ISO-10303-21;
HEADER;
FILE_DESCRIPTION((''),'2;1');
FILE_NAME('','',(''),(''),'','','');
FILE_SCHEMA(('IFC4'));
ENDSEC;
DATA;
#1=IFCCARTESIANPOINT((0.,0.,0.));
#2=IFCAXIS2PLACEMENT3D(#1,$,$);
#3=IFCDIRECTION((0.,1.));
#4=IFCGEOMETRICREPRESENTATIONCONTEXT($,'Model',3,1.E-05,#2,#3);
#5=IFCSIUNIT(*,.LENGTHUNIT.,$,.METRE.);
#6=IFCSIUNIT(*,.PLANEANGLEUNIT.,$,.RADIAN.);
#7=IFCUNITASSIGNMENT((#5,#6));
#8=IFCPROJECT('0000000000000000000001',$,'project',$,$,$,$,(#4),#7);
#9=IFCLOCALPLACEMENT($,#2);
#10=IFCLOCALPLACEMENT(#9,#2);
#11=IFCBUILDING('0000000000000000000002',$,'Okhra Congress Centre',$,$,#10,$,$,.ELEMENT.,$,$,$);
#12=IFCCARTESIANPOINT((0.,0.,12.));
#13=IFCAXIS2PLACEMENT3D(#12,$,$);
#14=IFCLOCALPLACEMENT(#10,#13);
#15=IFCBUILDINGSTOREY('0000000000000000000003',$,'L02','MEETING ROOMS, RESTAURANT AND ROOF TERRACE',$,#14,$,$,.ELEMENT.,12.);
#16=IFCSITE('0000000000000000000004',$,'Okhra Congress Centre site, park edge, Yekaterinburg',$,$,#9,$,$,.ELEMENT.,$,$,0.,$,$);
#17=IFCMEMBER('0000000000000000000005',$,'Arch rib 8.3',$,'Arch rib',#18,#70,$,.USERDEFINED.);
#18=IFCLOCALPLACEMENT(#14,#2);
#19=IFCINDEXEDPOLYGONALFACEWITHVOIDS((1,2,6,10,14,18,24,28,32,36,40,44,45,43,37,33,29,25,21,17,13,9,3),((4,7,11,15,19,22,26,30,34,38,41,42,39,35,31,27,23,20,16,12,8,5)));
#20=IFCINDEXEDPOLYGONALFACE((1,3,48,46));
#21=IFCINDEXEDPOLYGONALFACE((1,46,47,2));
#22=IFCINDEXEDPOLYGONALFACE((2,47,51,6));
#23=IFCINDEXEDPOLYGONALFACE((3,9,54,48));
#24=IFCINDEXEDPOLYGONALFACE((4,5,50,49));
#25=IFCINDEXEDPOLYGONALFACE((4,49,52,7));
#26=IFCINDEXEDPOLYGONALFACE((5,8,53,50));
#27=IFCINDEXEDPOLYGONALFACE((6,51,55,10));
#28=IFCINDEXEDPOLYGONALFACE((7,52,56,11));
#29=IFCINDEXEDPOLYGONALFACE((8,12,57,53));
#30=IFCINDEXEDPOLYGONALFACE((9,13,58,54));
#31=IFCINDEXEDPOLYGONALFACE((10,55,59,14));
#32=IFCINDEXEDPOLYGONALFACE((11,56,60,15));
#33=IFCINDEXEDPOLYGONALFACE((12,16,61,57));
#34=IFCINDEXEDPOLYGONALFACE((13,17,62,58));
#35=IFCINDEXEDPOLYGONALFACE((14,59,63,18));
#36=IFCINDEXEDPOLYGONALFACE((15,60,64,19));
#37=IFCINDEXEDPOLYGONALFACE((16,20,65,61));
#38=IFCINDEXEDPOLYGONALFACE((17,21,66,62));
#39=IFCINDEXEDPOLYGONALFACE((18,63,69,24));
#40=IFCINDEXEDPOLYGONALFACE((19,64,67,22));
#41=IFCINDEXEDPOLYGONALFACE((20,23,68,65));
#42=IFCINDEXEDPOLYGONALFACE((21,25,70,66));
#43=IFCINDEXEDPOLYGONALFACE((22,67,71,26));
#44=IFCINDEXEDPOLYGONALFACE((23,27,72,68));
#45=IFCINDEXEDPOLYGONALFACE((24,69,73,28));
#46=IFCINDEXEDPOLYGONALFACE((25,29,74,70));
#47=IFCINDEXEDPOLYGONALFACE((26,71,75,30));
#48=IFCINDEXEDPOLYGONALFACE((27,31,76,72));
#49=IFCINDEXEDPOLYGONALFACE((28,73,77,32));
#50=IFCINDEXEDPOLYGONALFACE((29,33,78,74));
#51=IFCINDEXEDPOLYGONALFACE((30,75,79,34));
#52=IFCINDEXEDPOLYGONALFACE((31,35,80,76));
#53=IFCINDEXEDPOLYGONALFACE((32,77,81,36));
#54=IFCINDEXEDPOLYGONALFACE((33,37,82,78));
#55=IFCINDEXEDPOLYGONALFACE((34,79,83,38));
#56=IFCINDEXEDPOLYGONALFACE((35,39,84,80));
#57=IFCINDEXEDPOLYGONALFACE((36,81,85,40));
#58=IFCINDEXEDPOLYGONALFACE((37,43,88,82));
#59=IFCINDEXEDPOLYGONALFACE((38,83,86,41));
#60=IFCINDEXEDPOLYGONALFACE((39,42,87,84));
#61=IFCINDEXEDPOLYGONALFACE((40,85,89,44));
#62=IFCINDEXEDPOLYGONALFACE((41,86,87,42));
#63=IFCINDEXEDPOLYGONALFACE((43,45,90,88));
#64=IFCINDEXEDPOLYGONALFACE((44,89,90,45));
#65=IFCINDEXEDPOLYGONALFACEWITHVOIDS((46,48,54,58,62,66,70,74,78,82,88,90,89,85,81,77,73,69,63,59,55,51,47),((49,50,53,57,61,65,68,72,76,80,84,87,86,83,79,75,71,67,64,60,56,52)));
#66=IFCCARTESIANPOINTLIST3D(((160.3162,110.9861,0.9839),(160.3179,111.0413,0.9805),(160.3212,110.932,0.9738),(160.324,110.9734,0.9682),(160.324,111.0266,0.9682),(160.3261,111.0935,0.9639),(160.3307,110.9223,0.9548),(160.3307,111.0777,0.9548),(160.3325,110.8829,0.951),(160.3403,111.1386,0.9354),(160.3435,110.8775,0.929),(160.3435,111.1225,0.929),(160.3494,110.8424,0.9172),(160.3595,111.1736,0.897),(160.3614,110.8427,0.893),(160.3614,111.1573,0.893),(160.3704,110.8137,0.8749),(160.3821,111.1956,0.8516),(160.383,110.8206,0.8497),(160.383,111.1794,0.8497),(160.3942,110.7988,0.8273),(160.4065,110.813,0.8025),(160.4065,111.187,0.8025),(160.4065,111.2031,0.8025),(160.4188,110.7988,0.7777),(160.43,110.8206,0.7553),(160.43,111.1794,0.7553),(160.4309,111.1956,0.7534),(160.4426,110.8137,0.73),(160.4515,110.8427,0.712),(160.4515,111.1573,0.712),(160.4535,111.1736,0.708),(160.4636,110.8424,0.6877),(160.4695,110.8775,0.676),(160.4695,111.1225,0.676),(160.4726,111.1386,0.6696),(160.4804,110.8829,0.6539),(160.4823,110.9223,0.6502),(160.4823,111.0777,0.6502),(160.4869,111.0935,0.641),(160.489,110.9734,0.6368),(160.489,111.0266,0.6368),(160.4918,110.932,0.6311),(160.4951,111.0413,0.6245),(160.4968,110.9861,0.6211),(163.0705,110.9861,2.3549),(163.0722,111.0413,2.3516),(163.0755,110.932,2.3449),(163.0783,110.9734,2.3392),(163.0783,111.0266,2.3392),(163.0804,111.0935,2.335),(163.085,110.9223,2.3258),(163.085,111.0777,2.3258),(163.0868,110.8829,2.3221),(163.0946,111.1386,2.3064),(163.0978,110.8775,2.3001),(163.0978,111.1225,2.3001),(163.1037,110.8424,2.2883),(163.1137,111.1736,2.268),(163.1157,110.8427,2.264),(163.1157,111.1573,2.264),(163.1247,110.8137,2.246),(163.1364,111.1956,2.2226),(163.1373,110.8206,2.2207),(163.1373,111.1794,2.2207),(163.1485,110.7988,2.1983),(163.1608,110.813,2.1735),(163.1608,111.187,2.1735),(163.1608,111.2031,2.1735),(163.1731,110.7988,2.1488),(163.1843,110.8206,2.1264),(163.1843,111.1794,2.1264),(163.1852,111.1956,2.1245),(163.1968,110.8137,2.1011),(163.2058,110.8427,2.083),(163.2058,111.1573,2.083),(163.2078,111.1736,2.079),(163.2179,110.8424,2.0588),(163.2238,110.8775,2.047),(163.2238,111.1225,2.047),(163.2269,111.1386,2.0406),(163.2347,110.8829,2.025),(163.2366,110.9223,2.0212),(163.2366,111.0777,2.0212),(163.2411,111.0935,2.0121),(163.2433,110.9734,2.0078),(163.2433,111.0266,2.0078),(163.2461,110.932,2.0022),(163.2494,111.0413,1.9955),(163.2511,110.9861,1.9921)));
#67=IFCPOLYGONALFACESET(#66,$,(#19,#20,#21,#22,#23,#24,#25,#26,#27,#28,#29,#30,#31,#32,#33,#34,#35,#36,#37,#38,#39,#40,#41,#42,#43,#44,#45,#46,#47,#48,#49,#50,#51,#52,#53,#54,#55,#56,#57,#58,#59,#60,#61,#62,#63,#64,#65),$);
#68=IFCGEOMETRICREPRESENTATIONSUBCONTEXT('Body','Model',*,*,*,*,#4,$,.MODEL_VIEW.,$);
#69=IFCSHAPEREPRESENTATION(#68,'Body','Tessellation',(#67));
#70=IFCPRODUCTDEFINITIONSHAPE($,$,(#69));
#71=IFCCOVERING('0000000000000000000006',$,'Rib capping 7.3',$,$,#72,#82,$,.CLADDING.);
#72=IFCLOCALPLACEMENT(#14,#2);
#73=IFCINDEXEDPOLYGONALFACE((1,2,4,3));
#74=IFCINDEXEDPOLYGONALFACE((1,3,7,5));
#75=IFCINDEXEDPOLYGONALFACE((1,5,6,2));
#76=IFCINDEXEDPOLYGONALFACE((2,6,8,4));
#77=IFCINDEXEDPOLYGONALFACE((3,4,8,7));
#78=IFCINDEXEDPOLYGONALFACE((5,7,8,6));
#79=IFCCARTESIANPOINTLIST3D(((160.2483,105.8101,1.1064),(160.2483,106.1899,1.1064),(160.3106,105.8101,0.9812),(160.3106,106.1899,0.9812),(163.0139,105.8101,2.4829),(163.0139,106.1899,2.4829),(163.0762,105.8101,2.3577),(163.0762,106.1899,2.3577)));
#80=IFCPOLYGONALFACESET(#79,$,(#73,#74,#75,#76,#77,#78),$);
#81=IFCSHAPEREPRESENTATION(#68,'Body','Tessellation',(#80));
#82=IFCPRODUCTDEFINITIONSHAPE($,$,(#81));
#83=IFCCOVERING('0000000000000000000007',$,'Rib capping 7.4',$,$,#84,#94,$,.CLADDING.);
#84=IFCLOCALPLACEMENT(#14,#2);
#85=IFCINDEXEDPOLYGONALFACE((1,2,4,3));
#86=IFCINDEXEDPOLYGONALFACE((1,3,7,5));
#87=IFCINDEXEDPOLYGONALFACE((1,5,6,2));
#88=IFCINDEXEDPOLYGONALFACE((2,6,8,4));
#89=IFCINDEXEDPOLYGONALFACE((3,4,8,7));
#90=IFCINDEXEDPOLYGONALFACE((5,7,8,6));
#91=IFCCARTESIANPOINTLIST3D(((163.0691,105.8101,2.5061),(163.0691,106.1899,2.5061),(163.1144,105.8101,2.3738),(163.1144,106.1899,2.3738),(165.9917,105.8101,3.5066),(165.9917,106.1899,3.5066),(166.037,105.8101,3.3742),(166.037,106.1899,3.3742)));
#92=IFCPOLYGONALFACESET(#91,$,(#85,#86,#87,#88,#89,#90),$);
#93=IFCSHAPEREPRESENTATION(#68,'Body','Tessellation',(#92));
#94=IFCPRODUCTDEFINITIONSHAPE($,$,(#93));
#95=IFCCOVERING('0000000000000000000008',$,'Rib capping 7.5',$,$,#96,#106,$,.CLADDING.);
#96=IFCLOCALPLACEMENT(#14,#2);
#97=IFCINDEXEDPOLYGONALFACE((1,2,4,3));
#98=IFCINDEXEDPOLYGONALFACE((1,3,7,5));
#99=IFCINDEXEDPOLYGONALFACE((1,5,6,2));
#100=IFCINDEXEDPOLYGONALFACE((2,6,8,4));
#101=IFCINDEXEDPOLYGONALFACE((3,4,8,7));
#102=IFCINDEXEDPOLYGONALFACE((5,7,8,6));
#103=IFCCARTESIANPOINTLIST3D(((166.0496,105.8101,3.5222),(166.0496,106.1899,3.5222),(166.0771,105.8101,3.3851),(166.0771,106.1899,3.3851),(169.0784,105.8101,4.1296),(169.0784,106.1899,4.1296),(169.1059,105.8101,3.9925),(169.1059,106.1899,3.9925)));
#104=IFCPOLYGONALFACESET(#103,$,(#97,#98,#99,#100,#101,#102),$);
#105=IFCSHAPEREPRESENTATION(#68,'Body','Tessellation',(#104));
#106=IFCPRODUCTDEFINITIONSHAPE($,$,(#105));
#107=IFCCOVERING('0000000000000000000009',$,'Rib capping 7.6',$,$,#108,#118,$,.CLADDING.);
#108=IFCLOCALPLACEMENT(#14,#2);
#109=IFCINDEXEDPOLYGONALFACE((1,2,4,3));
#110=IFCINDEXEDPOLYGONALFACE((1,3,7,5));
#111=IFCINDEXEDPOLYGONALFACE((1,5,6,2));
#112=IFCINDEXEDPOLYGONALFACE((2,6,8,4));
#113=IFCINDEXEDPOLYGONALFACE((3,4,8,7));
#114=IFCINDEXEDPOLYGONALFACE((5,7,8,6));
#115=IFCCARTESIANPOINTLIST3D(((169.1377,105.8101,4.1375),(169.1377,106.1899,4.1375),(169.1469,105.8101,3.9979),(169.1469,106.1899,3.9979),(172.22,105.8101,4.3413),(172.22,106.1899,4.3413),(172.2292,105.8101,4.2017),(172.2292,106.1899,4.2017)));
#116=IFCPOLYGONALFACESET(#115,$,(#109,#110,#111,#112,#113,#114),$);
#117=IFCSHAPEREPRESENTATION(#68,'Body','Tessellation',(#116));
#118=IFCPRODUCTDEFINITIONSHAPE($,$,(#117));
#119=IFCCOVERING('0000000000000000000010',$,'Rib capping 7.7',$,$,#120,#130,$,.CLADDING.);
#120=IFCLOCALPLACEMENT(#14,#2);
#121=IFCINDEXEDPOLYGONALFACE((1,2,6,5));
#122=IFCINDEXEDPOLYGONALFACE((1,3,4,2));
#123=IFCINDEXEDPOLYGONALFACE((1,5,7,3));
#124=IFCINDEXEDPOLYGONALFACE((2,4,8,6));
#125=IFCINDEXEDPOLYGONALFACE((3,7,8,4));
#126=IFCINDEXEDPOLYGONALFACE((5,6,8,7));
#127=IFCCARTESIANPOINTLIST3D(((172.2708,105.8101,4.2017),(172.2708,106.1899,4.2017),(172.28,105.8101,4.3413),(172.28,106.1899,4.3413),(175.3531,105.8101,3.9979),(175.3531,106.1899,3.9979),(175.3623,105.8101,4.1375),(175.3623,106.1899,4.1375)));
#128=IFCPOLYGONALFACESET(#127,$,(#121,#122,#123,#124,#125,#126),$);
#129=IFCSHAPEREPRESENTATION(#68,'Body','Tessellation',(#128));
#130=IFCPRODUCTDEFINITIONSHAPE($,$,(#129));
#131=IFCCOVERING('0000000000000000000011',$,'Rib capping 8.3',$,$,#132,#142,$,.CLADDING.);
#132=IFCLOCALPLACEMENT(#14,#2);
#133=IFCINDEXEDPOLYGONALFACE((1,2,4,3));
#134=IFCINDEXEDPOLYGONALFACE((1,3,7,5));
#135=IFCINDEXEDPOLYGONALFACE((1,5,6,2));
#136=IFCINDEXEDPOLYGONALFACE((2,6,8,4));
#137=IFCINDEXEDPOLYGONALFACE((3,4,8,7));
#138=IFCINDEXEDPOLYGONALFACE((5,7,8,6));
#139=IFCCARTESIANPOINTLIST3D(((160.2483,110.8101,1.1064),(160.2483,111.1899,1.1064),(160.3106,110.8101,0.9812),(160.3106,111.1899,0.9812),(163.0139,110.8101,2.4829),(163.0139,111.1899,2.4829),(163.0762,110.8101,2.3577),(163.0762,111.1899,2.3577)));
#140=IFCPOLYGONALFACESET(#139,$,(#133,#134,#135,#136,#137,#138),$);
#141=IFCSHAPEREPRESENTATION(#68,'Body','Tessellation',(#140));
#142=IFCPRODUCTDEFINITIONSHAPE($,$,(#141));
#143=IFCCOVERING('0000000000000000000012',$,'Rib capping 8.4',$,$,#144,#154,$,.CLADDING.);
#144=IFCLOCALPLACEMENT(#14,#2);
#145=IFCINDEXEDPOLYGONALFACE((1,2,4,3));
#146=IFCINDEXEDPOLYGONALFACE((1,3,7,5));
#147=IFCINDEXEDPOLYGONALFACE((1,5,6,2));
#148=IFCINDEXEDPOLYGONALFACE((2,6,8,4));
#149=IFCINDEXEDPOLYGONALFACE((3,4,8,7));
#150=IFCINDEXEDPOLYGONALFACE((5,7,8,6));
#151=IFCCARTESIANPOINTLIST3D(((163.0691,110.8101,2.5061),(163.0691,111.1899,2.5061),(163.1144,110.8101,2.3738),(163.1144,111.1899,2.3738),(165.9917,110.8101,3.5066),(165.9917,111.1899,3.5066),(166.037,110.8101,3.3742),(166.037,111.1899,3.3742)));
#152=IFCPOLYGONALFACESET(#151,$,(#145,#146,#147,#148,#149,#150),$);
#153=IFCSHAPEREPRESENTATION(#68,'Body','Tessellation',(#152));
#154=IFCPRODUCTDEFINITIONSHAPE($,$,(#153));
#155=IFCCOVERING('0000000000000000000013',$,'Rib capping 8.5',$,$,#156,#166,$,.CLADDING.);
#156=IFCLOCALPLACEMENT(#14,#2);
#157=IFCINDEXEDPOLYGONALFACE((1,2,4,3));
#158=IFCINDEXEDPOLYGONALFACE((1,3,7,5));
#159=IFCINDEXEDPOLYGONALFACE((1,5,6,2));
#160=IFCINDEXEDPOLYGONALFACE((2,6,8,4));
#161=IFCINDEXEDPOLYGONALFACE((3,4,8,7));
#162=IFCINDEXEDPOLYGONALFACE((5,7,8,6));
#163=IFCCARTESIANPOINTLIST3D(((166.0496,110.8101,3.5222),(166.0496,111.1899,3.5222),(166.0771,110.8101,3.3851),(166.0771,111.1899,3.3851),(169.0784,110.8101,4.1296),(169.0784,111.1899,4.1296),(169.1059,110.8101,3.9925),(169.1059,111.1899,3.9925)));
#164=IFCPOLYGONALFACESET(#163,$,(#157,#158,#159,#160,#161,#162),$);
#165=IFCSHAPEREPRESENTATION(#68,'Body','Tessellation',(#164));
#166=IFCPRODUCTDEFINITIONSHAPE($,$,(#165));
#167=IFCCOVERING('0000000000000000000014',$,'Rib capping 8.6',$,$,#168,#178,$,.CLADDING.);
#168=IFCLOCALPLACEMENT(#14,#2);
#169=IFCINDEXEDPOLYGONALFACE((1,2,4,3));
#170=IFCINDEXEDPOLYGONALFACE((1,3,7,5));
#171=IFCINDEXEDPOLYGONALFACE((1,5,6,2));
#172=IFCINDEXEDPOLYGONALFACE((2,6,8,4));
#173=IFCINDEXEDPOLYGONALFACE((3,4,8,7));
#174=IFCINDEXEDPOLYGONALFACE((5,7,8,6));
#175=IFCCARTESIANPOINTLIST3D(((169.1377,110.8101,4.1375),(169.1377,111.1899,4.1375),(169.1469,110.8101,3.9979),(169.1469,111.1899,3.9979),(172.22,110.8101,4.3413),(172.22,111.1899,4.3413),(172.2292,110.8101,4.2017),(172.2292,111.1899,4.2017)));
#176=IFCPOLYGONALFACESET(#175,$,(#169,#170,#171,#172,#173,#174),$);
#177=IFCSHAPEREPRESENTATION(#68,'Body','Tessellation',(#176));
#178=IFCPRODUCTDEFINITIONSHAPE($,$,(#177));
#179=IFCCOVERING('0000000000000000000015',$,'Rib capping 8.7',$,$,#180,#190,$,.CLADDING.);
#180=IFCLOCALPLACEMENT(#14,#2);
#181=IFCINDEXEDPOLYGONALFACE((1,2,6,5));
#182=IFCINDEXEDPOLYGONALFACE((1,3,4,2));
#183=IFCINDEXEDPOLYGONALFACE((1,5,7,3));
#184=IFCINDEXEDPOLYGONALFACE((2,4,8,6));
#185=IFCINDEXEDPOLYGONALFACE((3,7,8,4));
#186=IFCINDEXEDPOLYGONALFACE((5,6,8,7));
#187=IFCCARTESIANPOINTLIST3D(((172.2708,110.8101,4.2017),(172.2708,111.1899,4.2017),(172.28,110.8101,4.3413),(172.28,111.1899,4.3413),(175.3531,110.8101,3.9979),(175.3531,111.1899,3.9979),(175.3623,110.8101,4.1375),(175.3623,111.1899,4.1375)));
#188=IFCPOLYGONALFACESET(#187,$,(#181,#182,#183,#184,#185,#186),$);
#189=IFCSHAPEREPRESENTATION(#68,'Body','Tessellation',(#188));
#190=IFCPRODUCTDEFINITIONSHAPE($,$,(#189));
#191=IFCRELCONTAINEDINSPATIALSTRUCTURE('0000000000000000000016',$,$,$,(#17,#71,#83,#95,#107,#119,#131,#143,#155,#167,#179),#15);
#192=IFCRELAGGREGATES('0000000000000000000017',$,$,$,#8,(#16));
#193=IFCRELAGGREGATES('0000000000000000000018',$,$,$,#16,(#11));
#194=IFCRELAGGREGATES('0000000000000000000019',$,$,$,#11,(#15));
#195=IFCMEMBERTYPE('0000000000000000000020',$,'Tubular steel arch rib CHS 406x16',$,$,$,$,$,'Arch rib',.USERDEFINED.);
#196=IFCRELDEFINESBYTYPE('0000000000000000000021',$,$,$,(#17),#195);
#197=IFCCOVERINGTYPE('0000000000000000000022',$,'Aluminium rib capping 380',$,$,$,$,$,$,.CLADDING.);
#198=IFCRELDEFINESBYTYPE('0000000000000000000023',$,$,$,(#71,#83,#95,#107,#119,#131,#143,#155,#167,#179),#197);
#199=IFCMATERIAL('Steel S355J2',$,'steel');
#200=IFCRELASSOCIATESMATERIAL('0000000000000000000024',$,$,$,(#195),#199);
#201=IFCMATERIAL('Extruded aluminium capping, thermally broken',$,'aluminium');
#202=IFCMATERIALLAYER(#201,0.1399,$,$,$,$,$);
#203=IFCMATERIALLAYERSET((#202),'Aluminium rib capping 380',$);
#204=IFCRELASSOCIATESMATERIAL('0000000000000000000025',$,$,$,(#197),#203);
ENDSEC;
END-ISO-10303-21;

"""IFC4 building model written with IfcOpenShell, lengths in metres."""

from ifc_helpers import new_model, si_unit, direction, frame, origin, origin_2d, place, context, subcontext, project, spatial, polyline, hollow_circle, outline, extrude, material, layer, layer_set, material_profile, profile_set, type_object, element, save


model = new_model("IFC4")

# Units and contexts
model_context = context("Model", 3, precision=1e-05, world=origin(), true_north=direction((0.0, 1.0)))
body_context = subcontext(model_context, "Body", "Model", "MODEL_VIEW")
ifc_project = project(units=[si_unit("LENGTHUNIT", "METRE"), si_unit("PLANEANGLEUNIT", "RADIAN")], contexts=[model_context])

# Site, building, storey
site_placement = place(None, origin())
site = spatial("IfcSite", under=ifc_project, at=site_placement, Name="Okhra Congress Centre site, park edge, Yekaterinburg", CompositionType="ELEMENT", RefElevation=0.0)
building_placement = place(site_placement, origin())
building = spatial("IfcBuilding", under=site, at=building_placement, Name="Okhra Congress Centre", CompositionType="ELEMENT")
storey_placement = place(building_placement, frame((0.0, 0.0, 12.0)))
storey = spatial("IfcBuildingStorey", under=building, at=storey_placement, Name="L02", Description="MEETING ROOMS, RESTAURANT AND ROOF TERRACE", CompositionType="ELEMENT", Elevation=12.0)

# Member
ifc_material_1 = material(Name="Steel S355J2", Category="steel")
ifc_material_profile_1 = material_profile(ifc_material_1, hollow_circle(Radius=0.2031, WallThickness=0.0161, at=origin_2d()), Name="CHS 406.4x16")
ifc_profile_set_1 = profile_set([ifc_material_profile_1], Name="Steel S355J2")
member_type_1 = type_object("IfcMemberType", Name="Tubular steel arch rib CHS 406x16", ElementType="Arch rib", PredefinedType="USERDEFINED", material=ifc_profile_set_1)
member_1_placement = place(storey_placement, frame((160.4065, 111.0, 0.8025), z_axis=(0.895219, 0.0, 0.445626), x_axis=(0.0, 1.0, 0.0)))
element("IfcMember", 1, at=member_1_placement, inside=storey, type_object=member_type_1, Name="Arch rib 8.3", ObjectType="Arch rib", PredefinedType="USERDEFINED", context=body_context, shape_type="SweptSolid", body=[
    extrude(hollow_circle(Radius=0.2031, WallThickness=0.0161, at=origin_2d()), origin(), (0.0, 0.0, 1.0), 3.0767),
])

# Coverings
ifc_material_2 = material(Name="Extruded aluminium capping, thermally broken", Category="aluminium")
ifc_layer = layer(ifc_material_2, 0.1399)
ifc_layer_set = layer_set([ifc_layer], Name="Aluminium rib capping 380")
covering_type = type_object("IfcCoveringType", Name="Aluminium rib capping 380", PredefinedType="CLADDING", material=ifc_layer_set)
covering_1_placement = place(storey_placement, frame((160.2483, 105.8101, 1.1064), z_axis=(-0.445569, 0.0, 0.895248), x_axis=(0.895248, 0.0, 0.445569)))
element("IfcCovering", 2, at=covering_1_placement, inside=storey, type_object=covering_type, Name="Rib capping 7.3", PredefinedType="CLADDING", context=body_context, shape_type="SweptSolid", body=[
    extrude(outline(polyline([(0.0, 0.0), (3.0892, 0.0), (3.0892, 0.3799), (0.0, 0.3799), (0.0, 0.0)])), origin(), (0.0, 0.0, -1.0), 0.1399),
])
covering_2_placement = place(storey_placement, frame((163.0691, 105.8101, 2.5061), z_axis=(-0.323876, 0.0, 0.9461), x_axis=(0.9461, 0.0, 0.323876)))
element("IfcCovering", 3, at=covering_2_placement, inside=storey, type_object=covering_type, Name="Rib capping 7.4", PredefinedType="CLADDING", context=body_context, shape_type="SweptSolid", body=[
    extrude(outline(polyline([(0.0, 0.0), (3.0891, 0.0), (3.0891, 0.3799), (0.0, 0.3799), (0.0, 0.0)])), origin(), (0.0, 0.0, -1.0), 0.1399),
])
covering_3_placement = place(storey_placement, frame((166.0496, 105.8101, 3.5222), z_axis=(-0.196633, 0.0, 0.980477), x_axis=(0.980477, 0.0, 0.196633)))
element("IfcCovering", 4, at=covering_3_placement, inside=storey, type_object=covering_type, Name="Rib capping 7.5", PredefinedType="CLADDING", context=body_context, shape_type="SweptSolid", body=[
    extrude(outline(polyline([(0.0, 0.0), (3.0891, 0.0), (3.0891, 0.3799), (0.0, 0.3799), (0.0, 0.0)])), origin(), (0.0, 0.0, -1.0), 0.1399),
])
for number, where, z_axis, x_axis, name in (
    (5, (169.1377, 105.8101, 4.1375), (-0.065994, 0.0, 0.99782), (0.99782, 0.0, 0.065994), "Rib capping 7.6"),
    (6, (172.28, 105.8101, 4.3413), (0.065994, 0.0, 0.99782), (0.99782, 0.0, -0.065994), "Rib capping 7.7"),
):
    element("IfcCovering", number, at=place(storey_placement, frame(where, z_axis=z_axis, x_axis=x_axis)), inside=storey, type_object=covering_type, Name=name, PredefinedType="CLADDING", context=body_context, shape_type="SweptSolid", body=[
        extrude(outline(polyline([(0.0, 0.0), (3.089, 0.0), (3.089, 0.3799), (0.0, 0.3799), (0.0, 0.0)])), origin(), (0.0, 0.0, -1.0), 0.1399),
    ])
covering_4_placement = place(storey_placement, frame((160.2483, 110.8101, 1.1064), z_axis=(-0.445569, 0.0, 0.895248), x_axis=(0.895248, 0.0, 0.445569)))
element("IfcCovering", 7, at=covering_4_placement, inside=storey, type_object=covering_type, Name="Rib capping 8.3", PredefinedType="CLADDING", context=body_context, shape_type="SweptSolid", body=[
    extrude(outline(polyline([(0.0, 0.0), (3.0892, 0.0), (3.0892, 0.3799), (0.0, 0.3799), (0.0, 0.0)])), origin(), (0.0, 0.0, -1.0), 0.1399),
])
covering_5_placement = place(storey_placement, frame((163.0691, 110.8101, 2.5061), z_axis=(-0.323876, 0.0, 0.9461), x_axis=(0.9461, 0.0, 0.323876)))
element("IfcCovering", 8, at=covering_5_placement, inside=storey, type_object=covering_type, Name="Rib capping 8.4", PredefinedType="CLADDING", context=body_context, shape_type="SweptSolid", body=[
    extrude(outline(polyline([(0.0, 0.0), (3.0891, 0.0), (3.0891, 0.3799), (0.0, 0.3799), (0.0, 0.0)])), origin(), (0.0, 0.0, -1.0), 0.1399),
])
covering_6_placement = place(storey_placement, frame((166.0496, 110.8101, 3.5222), z_axis=(-0.196633, 0.0, 0.980477), x_axis=(0.980477, 0.0, 0.196633)))
element("IfcCovering", 9, at=covering_6_placement, inside=storey, type_object=covering_type, Name="Rib capping 8.5", PredefinedType="CLADDING", context=body_context, shape_type="SweptSolid", body=[
    extrude(outline(polyline([(0.0, 0.0), (3.0891, 0.0), (3.0891, 0.3799), (0.0, 0.3799), (0.0, 0.0)])), origin(), (0.0, 0.0, -1.0), 0.1399),
])
for number, where, z_axis, x_axis, name in (
    (10, (169.1377, 110.8101, 4.1375), (-0.065994, 0.0, 0.99782), (0.99782, 0.0, 0.065994), "Rib capping 8.6"),
    (11, (172.28, 110.8101, 4.3413), (0.065994, 0.0, 0.99782), (0.99782, 0.0, -0.065994), "Rib capping 8.7"),
):
    element("IfcCovering", number, at=place(storey_placement, frame(where, z_axis=z_axis, x_axis=x_axis)), inside=storey, type_object=covering_type, Name=name, PredefinedType="CLADDING", context=body_context, shape_type="SweptSolid", body=[
        extrude(outline(polyline([(0.0, 0.0), (3.089, 0.0), (3.089, 0.3799), (0.0, 0.3799), (0.0, 0.0)])), origin(), (0.0, 0.0, -1.0), 0.1399),
    ])

save(model, "model.ifc")
